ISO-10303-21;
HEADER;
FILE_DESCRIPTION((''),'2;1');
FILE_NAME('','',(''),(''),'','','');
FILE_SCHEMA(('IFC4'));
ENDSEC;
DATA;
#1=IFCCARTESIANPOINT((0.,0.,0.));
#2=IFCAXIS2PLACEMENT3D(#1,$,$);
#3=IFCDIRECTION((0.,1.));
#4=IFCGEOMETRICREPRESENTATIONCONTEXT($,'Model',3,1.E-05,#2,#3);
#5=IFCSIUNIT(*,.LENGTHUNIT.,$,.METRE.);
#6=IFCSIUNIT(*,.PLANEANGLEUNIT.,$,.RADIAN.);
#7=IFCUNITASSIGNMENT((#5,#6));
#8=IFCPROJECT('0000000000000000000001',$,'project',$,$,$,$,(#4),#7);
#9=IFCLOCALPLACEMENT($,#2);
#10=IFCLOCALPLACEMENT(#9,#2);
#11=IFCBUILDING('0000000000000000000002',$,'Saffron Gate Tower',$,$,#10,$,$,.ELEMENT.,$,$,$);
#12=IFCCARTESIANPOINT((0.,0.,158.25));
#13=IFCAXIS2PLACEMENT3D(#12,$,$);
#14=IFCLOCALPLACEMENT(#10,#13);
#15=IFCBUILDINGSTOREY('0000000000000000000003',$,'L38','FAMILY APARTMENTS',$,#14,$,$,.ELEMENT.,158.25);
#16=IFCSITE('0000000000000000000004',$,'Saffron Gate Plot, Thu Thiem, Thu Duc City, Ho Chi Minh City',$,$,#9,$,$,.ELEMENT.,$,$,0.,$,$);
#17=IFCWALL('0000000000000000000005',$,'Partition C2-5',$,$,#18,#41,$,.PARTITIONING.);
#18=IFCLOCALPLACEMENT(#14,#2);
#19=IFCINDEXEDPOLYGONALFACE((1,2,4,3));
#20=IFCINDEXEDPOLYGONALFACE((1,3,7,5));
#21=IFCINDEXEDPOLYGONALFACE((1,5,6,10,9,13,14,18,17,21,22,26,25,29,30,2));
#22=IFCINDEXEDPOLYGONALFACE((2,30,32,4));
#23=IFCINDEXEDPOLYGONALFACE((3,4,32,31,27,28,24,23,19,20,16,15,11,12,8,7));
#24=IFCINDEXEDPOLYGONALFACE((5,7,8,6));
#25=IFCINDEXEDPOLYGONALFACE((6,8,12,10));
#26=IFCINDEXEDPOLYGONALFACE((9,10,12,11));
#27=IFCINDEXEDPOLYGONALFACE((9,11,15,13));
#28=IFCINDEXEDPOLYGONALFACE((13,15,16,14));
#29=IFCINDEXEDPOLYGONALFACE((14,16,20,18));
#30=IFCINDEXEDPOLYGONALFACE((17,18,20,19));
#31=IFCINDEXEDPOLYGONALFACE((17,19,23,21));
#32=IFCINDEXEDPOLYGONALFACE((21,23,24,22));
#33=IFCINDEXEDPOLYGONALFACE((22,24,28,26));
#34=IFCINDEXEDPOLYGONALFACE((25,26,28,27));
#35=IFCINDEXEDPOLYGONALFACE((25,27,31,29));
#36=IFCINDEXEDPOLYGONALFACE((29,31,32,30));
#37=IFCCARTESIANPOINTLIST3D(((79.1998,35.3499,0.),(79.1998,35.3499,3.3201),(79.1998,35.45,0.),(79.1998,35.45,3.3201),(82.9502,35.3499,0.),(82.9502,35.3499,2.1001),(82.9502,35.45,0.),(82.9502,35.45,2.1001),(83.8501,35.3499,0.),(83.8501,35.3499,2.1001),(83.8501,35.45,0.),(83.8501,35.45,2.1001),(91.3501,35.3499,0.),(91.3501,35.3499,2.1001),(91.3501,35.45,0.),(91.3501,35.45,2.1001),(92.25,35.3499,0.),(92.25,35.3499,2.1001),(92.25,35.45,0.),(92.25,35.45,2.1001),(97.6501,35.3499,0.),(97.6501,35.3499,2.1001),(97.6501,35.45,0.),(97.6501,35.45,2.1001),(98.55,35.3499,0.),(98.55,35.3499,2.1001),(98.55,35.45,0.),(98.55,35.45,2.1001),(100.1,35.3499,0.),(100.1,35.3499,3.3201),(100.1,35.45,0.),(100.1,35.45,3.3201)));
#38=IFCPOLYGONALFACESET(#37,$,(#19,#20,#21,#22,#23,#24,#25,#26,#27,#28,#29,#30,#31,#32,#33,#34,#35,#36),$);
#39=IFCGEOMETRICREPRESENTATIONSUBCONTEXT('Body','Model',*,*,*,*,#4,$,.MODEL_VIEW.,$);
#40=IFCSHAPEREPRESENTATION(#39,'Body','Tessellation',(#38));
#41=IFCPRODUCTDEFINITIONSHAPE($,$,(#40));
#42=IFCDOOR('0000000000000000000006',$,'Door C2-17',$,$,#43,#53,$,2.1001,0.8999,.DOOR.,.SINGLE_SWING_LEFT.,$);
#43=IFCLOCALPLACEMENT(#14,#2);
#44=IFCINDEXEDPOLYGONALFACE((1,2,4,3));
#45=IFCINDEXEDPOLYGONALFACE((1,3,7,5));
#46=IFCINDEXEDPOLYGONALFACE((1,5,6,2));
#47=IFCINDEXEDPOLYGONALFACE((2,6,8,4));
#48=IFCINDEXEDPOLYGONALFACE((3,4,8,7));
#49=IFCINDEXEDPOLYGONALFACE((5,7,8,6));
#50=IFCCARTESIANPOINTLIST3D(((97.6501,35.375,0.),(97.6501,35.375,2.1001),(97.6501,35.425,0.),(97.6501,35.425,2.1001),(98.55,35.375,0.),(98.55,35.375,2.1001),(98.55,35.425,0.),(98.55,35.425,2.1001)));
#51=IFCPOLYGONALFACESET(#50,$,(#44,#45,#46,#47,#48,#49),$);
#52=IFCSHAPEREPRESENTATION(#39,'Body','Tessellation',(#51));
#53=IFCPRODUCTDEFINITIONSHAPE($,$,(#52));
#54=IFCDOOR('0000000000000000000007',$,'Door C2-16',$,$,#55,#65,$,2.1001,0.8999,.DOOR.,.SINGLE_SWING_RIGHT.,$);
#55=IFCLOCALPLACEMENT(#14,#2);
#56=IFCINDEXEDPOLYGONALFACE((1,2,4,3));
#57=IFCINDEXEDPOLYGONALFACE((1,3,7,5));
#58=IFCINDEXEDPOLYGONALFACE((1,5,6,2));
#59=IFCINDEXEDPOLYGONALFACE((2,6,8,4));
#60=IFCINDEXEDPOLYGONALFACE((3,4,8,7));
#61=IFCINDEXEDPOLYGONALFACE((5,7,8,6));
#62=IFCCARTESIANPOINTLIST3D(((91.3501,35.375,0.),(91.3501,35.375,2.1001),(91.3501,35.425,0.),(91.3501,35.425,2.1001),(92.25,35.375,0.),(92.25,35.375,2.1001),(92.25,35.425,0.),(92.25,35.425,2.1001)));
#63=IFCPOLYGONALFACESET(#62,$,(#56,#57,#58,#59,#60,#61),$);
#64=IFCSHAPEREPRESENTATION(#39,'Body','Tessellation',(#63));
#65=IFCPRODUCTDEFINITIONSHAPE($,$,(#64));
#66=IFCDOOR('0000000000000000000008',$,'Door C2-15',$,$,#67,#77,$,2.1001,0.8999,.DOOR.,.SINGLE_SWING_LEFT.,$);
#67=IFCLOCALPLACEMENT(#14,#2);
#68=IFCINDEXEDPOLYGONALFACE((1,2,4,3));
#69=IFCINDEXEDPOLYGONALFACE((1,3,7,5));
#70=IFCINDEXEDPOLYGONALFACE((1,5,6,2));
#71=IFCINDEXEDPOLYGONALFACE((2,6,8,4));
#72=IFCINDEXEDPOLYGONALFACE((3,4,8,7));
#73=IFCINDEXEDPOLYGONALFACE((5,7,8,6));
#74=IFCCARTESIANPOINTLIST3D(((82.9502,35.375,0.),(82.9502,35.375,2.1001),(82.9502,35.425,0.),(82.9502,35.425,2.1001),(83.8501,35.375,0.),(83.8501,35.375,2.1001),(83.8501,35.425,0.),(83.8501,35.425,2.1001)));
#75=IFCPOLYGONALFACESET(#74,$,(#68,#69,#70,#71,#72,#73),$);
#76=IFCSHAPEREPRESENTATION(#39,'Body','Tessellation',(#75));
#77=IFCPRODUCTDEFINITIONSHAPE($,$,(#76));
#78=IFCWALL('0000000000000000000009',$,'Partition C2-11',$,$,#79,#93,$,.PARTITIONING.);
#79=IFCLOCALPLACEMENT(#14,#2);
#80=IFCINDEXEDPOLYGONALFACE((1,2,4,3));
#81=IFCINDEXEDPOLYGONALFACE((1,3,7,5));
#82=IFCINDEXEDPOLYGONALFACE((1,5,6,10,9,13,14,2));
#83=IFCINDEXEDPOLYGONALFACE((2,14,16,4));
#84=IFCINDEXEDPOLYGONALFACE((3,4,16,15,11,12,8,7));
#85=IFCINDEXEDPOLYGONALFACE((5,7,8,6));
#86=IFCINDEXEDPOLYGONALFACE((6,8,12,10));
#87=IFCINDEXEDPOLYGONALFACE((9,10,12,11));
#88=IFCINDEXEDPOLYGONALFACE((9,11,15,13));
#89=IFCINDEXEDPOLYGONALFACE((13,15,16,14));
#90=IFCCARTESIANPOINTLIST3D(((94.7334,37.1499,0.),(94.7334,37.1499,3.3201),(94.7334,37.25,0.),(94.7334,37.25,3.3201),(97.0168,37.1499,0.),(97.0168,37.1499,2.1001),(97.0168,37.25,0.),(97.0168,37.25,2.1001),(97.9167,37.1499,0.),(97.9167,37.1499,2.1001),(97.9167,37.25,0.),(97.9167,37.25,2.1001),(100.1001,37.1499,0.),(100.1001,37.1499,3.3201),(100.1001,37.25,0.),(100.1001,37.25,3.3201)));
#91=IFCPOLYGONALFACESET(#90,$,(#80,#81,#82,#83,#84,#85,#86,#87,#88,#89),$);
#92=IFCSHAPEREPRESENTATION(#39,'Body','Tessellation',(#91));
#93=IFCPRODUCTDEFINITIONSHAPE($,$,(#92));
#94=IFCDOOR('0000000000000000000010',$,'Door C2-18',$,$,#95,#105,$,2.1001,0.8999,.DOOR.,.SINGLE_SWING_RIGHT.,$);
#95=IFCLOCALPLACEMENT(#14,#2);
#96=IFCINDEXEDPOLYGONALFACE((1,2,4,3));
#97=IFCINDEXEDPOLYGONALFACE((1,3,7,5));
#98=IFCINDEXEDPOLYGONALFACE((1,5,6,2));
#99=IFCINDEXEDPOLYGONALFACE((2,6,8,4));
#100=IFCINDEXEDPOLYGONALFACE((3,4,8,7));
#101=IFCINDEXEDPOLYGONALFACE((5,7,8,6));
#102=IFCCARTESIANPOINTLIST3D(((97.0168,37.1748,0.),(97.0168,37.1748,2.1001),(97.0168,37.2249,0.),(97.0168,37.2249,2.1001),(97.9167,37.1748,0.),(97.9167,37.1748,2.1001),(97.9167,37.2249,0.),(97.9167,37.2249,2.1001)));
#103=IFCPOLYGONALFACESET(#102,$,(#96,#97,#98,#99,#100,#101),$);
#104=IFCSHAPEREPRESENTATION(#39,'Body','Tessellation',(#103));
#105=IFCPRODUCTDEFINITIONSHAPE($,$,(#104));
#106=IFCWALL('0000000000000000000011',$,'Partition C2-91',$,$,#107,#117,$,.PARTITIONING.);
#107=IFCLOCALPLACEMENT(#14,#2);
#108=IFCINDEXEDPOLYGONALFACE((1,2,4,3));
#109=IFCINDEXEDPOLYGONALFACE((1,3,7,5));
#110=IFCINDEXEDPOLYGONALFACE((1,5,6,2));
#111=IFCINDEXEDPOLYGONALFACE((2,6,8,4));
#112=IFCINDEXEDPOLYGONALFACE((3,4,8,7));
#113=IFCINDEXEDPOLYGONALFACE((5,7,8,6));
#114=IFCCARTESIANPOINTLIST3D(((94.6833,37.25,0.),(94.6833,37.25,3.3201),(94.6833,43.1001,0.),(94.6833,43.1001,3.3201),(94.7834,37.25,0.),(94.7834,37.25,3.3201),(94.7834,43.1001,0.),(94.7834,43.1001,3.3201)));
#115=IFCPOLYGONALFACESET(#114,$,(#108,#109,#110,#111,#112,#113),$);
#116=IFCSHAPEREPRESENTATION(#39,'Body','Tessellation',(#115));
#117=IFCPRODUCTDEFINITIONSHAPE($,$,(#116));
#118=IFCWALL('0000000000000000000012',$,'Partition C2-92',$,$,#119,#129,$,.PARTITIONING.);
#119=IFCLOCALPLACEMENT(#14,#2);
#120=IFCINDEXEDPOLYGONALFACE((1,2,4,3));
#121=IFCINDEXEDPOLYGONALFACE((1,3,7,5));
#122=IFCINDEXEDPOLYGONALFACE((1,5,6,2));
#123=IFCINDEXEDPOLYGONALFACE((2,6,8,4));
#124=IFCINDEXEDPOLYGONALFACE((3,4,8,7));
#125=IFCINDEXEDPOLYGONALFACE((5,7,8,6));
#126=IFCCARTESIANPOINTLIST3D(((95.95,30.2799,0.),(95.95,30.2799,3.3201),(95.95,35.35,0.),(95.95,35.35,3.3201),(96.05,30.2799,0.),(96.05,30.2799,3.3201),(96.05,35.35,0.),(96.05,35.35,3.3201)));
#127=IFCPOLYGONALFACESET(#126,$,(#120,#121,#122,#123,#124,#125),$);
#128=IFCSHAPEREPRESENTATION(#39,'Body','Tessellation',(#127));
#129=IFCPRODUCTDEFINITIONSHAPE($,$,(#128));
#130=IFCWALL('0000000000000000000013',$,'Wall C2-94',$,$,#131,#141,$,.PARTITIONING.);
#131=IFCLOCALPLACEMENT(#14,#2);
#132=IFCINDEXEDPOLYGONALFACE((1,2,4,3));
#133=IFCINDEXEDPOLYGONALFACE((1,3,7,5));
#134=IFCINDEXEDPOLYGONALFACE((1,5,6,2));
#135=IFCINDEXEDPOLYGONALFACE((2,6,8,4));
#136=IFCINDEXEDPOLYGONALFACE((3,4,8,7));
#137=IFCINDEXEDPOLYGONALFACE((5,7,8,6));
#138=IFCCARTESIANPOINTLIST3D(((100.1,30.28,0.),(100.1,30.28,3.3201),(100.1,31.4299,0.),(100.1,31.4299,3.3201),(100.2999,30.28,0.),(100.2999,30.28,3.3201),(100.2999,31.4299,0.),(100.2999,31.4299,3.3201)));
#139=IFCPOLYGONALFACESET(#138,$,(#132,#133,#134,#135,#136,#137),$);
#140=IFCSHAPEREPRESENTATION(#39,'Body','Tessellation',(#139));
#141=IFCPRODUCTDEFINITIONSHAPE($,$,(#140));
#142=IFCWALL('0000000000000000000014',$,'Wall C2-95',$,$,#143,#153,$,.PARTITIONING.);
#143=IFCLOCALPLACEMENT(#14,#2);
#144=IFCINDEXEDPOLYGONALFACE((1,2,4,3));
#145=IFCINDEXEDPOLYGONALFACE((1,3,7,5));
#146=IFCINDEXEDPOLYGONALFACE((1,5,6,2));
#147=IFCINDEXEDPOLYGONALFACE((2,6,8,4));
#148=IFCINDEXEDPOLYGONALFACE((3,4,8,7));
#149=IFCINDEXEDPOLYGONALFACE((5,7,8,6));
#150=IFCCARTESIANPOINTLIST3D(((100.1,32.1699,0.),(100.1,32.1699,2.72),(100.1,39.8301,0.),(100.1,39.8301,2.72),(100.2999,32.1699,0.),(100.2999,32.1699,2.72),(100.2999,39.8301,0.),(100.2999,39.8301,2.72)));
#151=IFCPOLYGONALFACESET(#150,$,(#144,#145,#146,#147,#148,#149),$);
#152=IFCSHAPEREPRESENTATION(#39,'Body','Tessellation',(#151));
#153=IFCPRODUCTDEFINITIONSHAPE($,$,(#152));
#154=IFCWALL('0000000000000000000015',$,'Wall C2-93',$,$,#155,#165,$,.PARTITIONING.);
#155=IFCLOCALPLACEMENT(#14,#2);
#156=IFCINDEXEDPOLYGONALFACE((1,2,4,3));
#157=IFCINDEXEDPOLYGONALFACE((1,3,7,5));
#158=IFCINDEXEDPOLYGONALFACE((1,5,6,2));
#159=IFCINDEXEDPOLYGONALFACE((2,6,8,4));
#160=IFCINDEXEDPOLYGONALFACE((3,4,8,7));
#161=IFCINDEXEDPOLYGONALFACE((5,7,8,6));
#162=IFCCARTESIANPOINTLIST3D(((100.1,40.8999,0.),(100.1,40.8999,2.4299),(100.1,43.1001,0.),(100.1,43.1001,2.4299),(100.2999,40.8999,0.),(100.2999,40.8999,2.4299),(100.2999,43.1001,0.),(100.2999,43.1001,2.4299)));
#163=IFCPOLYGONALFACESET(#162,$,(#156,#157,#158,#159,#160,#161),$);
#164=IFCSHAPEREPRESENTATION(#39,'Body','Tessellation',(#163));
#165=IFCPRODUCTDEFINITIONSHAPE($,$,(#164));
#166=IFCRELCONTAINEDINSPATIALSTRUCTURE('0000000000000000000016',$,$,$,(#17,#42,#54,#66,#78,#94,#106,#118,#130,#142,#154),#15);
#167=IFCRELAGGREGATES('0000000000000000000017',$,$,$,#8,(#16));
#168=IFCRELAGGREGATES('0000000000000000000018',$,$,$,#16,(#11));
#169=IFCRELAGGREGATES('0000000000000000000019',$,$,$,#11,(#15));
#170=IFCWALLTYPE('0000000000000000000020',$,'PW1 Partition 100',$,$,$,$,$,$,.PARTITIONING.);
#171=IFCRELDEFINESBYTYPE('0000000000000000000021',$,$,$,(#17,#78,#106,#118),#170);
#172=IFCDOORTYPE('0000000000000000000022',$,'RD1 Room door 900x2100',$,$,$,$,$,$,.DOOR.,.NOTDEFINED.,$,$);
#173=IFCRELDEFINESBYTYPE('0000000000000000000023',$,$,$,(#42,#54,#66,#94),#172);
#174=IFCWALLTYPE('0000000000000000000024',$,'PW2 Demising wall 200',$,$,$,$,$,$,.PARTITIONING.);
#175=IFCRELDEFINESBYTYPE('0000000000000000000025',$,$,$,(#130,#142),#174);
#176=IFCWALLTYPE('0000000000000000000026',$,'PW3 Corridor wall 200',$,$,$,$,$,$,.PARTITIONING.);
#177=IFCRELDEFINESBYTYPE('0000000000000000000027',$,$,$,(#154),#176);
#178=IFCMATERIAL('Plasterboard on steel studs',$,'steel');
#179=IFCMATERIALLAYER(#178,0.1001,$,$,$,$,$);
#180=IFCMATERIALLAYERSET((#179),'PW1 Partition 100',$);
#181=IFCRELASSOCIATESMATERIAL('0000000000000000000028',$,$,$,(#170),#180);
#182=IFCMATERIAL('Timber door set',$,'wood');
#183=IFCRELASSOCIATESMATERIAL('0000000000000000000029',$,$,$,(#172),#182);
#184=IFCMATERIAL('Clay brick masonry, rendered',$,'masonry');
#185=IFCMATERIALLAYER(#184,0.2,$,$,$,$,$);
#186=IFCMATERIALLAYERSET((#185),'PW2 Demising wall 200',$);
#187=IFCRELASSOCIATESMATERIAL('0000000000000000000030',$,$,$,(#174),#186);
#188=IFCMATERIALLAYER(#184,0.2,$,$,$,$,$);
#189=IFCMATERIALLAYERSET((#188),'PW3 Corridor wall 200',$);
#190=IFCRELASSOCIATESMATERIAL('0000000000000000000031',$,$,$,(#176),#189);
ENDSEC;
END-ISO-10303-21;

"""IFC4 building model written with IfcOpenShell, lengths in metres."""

from ifc_helpers import new_model, si_unit, direction, frame, frame_2d, origin, place, context, subcontext, project, spatial, rectangle, extrude, material, layer, layer_set, type_object, element, fill, save


model = new_model("IFC4")

# Units and contexts
model_context = context("Model", 3, precision=1e-05, world=origin(), true_north=direction((0.0, 1.0)))
body_context = subcontext(model_context, "Body", "Model", "MODEL_VIEW")
ifc_project = project(units=[si_unit("LENGTHUNIT", "METRE"), si_unit("PLANEANGLEUNIT", "RADIAN")], contexts=[model_context])

# Site, building, storey
site_placement = place(None, origin())
site = spatial("IfcSite", under=ifc_project, at=site_placement, Name="Saffron Gate Plot, Thu Thiem, Thu Duc City, Ho Chi Minh City", CompositionType="ELEMENT", RefElevation=0.0)
building_placement = place(site_placement, origin())
building = spatial("IfcBuilding", under=site, at=building_placement, Name="Saffron Gate Tower", CompositionType="ELEMENT")
storey_placement = place(building_placement, frame((0.0, 0.0, 158.25)))
storey = spatial("IfcBuildingStorey", under=building, at=storey_placement, Name="L38", Description="FAMILY APARTMENTS", CompositionType="ELEMENT", Elevation=158.25)

# Wall, openings, doors
ifc_material_1 = material(Name="Plasterboard on steel studs", Category="steel")
ifc_layer_1 = layer(ifc_material_1, 0.1001)
ifc_layer_set_1 = layer_set([ifc_layer_1], Name="PW1 Partition 100")
wall_type_1 = type_object("IfcWallType", Name="PW1 Partition 100", PredefinedType="PARTITIONING", material=ifc_layer_set_1)
wall_1_placement = place(storey_placement, frame((100.1001, 35.3999, 0.0), z_axis=(0.0, 0.0, 1.0), x_axis=(-1.0, 0.0, 0.0)))
wall_1 = element("IfcWall", 1, at=wall_1_placement, inside=storey, type_object=wall_type_1, Name="Partition C2-5", PredefinedType="PARTITIONING", context=body_context, shape_type="SweptSolid", body=[
    extrude(rectangle(XDim=20.9001, YDim=0.1001, at=frame_2d((10.4502, 0.0))), origin(), (0.0, 0.0, 1.0), 3.3201),
])
opening_1_placement = place(wall_1_placement, frame((1.55, 0.0, 0.0)))
opening_1 = element("IfcOpeningElement", 2, at=opening_1_placement, cuts=wall_1, PredefinedType="OPENING", context=body_context, shape_type="SweptSolid", body=[
    extrude(rectangle(XDim=0.8999, YDim=2.1001, at=frame_2d((0.45, 1.05))), frame((0.0, 0.0601, 0.0), z_axis=(0.0, -1.0, 0.0), x_axis=(1.0, 0.0, 0.0)), (0.0, 0.0, 1.0), 0.1201),
])
opening_2_placement = place(wall_1_placement, frame((7.8501, 0.0, 0.0)))
opening_2 = element("IfcOpeningElement", 3, at=opening_2_placement, cuts=wall_1, PredefinedType="OPENING", context=body_context, shape_type="SweptSolid", body=[
    extrude(rectangle(XDim=0.8999, YDim=2.1001, at=frame_2d((0.45, 1.05))), frame((0.0, 0.0601, 0.0), z_axis=(0.0, -1.0, 0.0), x_axis=(1.0, 0.0, 0.0)), (0.0, 0.0, 1.0), 0.1201),
])
opening_3_placement = place(wall_1_placement, frame((16.25, 0.0, 0.0)))
opening_3 = element("IfcOpeningElement", 4, at=opening_3_placement, cuts=wall_1, PredefinedType="OPENING", context=body_context, shape_type="SweptSolid", body=[
    extrude(rectangle(XDim=0.8999, YDim=2.1001, at=frame_2d((0.45, 1.05))), frame((0.0, 0.0601, 0.0), z_axis=(0.0, -1.0, 0.0), x_axis=(1.0, 0.0, 0.0)), (0.0, 0.0, 1.0), 0.1201),
])
ifc_material_2 = material(Name="Timber door set", Category="wood")
door_type = type_object("IfcDoorType", Name="RD1 Room door 900x2100", OperationType="NOTDEFINED", PredefinedType="DOOR", material=ifc_material_2)
door_1_placement = place(opening_1_placement, origin())
door_1 = element("IfcDoor", 5, at=door_1_placement, inside=storey, type_object=door_type, Name="Door C2-17", OperationType="SINGLE_SWING_LEFT", OverallHeight=2.1001, OverallWidth=0.8999, PredefinedType="DOOR", context=body_context, shape_type="SweptSolid", body=[
    extrude(rectangle(XDim=0.8999, YDim=2.1001, at=frame_2d((0.45, 1.05))), frame((0.0, 0.0249, 0.0), z_axis=(0.0, -1.0, 0.0), x_axis=(1.0, 0.0, 0.0)), (0.0, 0.0, 1.0), 0.05),
])
fill(opening_1, door_1)
door_2_placement = place(opening_2_placement, origin())
door_2 = element("IfcDoor", 6, at=door_2_placement, inside=storey, type_object=door_type, Name="Door C2-16", OperationType="SINGLE_SWING_RIGHT", OverallHeight=2.1001, OverallWidth=0.8999, PredefinedType="DOOR", context=body_context, shape_type="SweptSolid", body=[
    extrude(rectangle(XDim=0.8999, YDim=2.1001, at=frame_2d((0.45, 1.05))), frame((0.0, 0.0249, 0.0), z_axis=(0.0, -1.0, 0.0), x_axis=(1.0, 0.0, 0.0)), (0.0, 0.0, 1.0), 0.05),
])
fill(opening_2, door_2)
door_3_placement = place(opening_3_placement, origin())
door_3 = element("IfcDoor", 7, at=door_3_placement, inside=storey, type_object=door_type, Name="Door C2-15", OperationType="SINGLE_SWING_LEFT", OverallHeight=2.1001, OverallWidth=0.8999, PredefinedType="DOOR", context=body_context, shape_type="SweptSolid", body=[
    extrude(rectangle(XDim=0.8999, YDim=2.1001, at=frame_2d((0.45, 1.05))), frame((0.0, 0.0249, 0.0), z_axis=(0.0, -1.0, 0.0), x_axis=(1.0, 0.0, 0.0)), (0.0, 0.0, 1.0), 0.05),
])
fill(opening_3, door_3)

# Wall, opening, door
wall_2_placement = place(storey_placement, frame((94.7334, 37.2, 0.0), z_axis=(0.0, 0.0, 1.0), x_axis=(1.0, 0.0, 0.0)))
wall_2 = element("IfcWall", 8, at=wall_2_placement, inside=storey, type_object=wall_type_1, Name="Partition C2-11", PredefinedType="PARTITIONING", context=body_context, shape_type="SweptSolid", body=[
    extrude(rectangle(XDim=5.3667, YDim=0.1001, at=frame_2d((2.6833, 0.0))), origin(), (0.0, 0.0, 1.0), 3.3201),
])
opening_4_placement = place(wall_2_placement, frame((2.2834, 0.0, 0.0)))
opening_4 = element("IfcOpeningElement", 9, at=opening_4_placement, cuts=wall_2, PredefinedType="OPENING", context=body_context, shape_type="SweptSolid", body=[
    extrude(rectangle(XDim=0.8999, YDim=2.1001, at=frame_2d((0.45, 1.05))), frame((0.0, 0.0601, 0.0), z_axis=(0.0, -1.0, 0.0), x_axis=(1.0, 0.0, 0.0)), (0.0, 0.0, 1.0), 0.1201),
])
door_4_placement = place(opening_4_placement, origin())
door_4 = element("IfcDoor", 10, at=door_4_placement, inside=storey, type_object=door_type, Name="Door C2-18", OperationType="SINGLE_SWING_RIGHT", OverallHeight=2.1001, OverallWidth=0.8999, PredefinedType="DOOR", context=body_context, shape_type="SweptSolid", body=[
    extrude(rectangle(XDim=0.8999, YDim=2.1001, at=frame_2d((0.45, 1.05))), frame((0.0, 0.0249, 0.0), z_axis=(0.0, -1.0, 0.0), x_axis=(1.0, 0.0, 0.0)), (0.0, 0.0, 1.0), 0.05),
])
fill(opening_4, door_4)

# Walls
wall_3_placement = place(storey_placement, frame((94.7334, 43.1001, 0.0), z_axis=(0.0, 0.0, 1.0), x_axis=(0.0, -1.0, 0.0)))
element("IfcWall", 11, at=wall_3_placement, inside=storey, type_object=wall_type_1, Name="Partition C2-91", PredefinedType="PARTITIONING", context=body_context, shape_type="SweptSolid", body=[
    extrude(rectangle(XDim=5.8501, YDim=0.1001, at=frame_2d((2.925, 0.0))), origin(), (0.0, 0.0, 1.0), 3.3201),
])
wall_4_placement = place(storey_placement, frame((96.0, 35.3501, 0.0), z_axis=(0.0, 0.0, 1.0), x_axis=(0.0, -1.0, 0.0)))
element("IfcWall", 12, at=wall_4_placement, inside=storey, type_object=wall_type_1, Name="Partition C2-92", PredefinedType="PARTITIONING", context=body_context, shape_type="SweptSolid", body=[
    extrude(rectangle(XDim=5.0701, YDim=0.1001, at=frame_2d((2.5352, 0.0))), origin(), (0.0, 0.0, 1.0), 3.3201),
])
ifc_material_3 = material(Name="Clay brick masonry, rendered", Category="masonry")
ifc_layer_2 = layer(ifc_material_3, 0.2)
ifc_layer_set_2 = layer_set([ifc_layer_2], Name="PW2 Demising wall 200")
wall_type_2 = type_object("IfcWallType", Name="PW2 Demising wall 200", PredefinedType="PARTITIONING", material=ifc_layer_set_2)
wall_5_placement = place(storey_placement, frame((100.2, 31.4299, 0.0), z_axis=(0.0, 0.0, 1.0), x_axis=(0.0, -1.0, 0.0)))
element("IfcWall", 13, at=wall_5_placement, inside=storey, type_object=wall_type_2, Name="Wall C2-94", PredefinedType="PARTITIONING", context=body_context, shape_type="SweptSolid", body=[
    extrude(rectangle(XDim=1.1499, YDim=0.2, at=frame_2d((0.575, 0.0))), origin(), (0.0, 0.0, 1.0), 3.3201),
])
wall_6_placement = place(storey_placement, frame((100.2, 39.8301, 0.0), z_axis=(0.0, 0.0, 1.0), x_axis=(0.0, -1.0, 0.0)))
element("IfcWall", 14, at=wall_6_placement, inside=storey, type_object=wall_type_2, Name="Wall C2-95", PredefinedType="PARTITIONING", context=body_context, shape_type="SweptSolid", body=[
    extrude(rectangle(XDim=7.6602, YDim=0.2, at=frame_2d((3.8301, 0.0))), origin(), (0.0, 0.0, 1.0), 2.72),
])
ifc_layer_3 = layer(ifc_material_3, 0.2)
ifc_layer_set_3 = layer_set([ifc_layer_3], Name="PW3 Corridor wall 200")
wall_type_3 = type_object("IfcWallType", Name="PW3 Corridor wall 200", PredefinedType="PARTITIONING", material=ifc_layer_set_3)
wall_7_placement = place(storey_placement, frame((100.2, 43.1001, 0.0), z_axis=(0.0, 0.0, 1.0), x_axis=(0.0, -1.0, 0.0)))
element("IfcWall", 15, at=wall_7_placement, inside=storey, type_object=wall_type_3, Name="Wall C2-93", PredefinedType="PARTITIONING", context=body_context, shape_type="SweptSolid", body=[
    extrude(rectangle(XDim=2.2002, YDim=0.2, at=frame_2d((1.1001, 0.0))), origin(), (0.0, 0.0, 1.0), 2.4299),
])

save(model, "model.ifc")
